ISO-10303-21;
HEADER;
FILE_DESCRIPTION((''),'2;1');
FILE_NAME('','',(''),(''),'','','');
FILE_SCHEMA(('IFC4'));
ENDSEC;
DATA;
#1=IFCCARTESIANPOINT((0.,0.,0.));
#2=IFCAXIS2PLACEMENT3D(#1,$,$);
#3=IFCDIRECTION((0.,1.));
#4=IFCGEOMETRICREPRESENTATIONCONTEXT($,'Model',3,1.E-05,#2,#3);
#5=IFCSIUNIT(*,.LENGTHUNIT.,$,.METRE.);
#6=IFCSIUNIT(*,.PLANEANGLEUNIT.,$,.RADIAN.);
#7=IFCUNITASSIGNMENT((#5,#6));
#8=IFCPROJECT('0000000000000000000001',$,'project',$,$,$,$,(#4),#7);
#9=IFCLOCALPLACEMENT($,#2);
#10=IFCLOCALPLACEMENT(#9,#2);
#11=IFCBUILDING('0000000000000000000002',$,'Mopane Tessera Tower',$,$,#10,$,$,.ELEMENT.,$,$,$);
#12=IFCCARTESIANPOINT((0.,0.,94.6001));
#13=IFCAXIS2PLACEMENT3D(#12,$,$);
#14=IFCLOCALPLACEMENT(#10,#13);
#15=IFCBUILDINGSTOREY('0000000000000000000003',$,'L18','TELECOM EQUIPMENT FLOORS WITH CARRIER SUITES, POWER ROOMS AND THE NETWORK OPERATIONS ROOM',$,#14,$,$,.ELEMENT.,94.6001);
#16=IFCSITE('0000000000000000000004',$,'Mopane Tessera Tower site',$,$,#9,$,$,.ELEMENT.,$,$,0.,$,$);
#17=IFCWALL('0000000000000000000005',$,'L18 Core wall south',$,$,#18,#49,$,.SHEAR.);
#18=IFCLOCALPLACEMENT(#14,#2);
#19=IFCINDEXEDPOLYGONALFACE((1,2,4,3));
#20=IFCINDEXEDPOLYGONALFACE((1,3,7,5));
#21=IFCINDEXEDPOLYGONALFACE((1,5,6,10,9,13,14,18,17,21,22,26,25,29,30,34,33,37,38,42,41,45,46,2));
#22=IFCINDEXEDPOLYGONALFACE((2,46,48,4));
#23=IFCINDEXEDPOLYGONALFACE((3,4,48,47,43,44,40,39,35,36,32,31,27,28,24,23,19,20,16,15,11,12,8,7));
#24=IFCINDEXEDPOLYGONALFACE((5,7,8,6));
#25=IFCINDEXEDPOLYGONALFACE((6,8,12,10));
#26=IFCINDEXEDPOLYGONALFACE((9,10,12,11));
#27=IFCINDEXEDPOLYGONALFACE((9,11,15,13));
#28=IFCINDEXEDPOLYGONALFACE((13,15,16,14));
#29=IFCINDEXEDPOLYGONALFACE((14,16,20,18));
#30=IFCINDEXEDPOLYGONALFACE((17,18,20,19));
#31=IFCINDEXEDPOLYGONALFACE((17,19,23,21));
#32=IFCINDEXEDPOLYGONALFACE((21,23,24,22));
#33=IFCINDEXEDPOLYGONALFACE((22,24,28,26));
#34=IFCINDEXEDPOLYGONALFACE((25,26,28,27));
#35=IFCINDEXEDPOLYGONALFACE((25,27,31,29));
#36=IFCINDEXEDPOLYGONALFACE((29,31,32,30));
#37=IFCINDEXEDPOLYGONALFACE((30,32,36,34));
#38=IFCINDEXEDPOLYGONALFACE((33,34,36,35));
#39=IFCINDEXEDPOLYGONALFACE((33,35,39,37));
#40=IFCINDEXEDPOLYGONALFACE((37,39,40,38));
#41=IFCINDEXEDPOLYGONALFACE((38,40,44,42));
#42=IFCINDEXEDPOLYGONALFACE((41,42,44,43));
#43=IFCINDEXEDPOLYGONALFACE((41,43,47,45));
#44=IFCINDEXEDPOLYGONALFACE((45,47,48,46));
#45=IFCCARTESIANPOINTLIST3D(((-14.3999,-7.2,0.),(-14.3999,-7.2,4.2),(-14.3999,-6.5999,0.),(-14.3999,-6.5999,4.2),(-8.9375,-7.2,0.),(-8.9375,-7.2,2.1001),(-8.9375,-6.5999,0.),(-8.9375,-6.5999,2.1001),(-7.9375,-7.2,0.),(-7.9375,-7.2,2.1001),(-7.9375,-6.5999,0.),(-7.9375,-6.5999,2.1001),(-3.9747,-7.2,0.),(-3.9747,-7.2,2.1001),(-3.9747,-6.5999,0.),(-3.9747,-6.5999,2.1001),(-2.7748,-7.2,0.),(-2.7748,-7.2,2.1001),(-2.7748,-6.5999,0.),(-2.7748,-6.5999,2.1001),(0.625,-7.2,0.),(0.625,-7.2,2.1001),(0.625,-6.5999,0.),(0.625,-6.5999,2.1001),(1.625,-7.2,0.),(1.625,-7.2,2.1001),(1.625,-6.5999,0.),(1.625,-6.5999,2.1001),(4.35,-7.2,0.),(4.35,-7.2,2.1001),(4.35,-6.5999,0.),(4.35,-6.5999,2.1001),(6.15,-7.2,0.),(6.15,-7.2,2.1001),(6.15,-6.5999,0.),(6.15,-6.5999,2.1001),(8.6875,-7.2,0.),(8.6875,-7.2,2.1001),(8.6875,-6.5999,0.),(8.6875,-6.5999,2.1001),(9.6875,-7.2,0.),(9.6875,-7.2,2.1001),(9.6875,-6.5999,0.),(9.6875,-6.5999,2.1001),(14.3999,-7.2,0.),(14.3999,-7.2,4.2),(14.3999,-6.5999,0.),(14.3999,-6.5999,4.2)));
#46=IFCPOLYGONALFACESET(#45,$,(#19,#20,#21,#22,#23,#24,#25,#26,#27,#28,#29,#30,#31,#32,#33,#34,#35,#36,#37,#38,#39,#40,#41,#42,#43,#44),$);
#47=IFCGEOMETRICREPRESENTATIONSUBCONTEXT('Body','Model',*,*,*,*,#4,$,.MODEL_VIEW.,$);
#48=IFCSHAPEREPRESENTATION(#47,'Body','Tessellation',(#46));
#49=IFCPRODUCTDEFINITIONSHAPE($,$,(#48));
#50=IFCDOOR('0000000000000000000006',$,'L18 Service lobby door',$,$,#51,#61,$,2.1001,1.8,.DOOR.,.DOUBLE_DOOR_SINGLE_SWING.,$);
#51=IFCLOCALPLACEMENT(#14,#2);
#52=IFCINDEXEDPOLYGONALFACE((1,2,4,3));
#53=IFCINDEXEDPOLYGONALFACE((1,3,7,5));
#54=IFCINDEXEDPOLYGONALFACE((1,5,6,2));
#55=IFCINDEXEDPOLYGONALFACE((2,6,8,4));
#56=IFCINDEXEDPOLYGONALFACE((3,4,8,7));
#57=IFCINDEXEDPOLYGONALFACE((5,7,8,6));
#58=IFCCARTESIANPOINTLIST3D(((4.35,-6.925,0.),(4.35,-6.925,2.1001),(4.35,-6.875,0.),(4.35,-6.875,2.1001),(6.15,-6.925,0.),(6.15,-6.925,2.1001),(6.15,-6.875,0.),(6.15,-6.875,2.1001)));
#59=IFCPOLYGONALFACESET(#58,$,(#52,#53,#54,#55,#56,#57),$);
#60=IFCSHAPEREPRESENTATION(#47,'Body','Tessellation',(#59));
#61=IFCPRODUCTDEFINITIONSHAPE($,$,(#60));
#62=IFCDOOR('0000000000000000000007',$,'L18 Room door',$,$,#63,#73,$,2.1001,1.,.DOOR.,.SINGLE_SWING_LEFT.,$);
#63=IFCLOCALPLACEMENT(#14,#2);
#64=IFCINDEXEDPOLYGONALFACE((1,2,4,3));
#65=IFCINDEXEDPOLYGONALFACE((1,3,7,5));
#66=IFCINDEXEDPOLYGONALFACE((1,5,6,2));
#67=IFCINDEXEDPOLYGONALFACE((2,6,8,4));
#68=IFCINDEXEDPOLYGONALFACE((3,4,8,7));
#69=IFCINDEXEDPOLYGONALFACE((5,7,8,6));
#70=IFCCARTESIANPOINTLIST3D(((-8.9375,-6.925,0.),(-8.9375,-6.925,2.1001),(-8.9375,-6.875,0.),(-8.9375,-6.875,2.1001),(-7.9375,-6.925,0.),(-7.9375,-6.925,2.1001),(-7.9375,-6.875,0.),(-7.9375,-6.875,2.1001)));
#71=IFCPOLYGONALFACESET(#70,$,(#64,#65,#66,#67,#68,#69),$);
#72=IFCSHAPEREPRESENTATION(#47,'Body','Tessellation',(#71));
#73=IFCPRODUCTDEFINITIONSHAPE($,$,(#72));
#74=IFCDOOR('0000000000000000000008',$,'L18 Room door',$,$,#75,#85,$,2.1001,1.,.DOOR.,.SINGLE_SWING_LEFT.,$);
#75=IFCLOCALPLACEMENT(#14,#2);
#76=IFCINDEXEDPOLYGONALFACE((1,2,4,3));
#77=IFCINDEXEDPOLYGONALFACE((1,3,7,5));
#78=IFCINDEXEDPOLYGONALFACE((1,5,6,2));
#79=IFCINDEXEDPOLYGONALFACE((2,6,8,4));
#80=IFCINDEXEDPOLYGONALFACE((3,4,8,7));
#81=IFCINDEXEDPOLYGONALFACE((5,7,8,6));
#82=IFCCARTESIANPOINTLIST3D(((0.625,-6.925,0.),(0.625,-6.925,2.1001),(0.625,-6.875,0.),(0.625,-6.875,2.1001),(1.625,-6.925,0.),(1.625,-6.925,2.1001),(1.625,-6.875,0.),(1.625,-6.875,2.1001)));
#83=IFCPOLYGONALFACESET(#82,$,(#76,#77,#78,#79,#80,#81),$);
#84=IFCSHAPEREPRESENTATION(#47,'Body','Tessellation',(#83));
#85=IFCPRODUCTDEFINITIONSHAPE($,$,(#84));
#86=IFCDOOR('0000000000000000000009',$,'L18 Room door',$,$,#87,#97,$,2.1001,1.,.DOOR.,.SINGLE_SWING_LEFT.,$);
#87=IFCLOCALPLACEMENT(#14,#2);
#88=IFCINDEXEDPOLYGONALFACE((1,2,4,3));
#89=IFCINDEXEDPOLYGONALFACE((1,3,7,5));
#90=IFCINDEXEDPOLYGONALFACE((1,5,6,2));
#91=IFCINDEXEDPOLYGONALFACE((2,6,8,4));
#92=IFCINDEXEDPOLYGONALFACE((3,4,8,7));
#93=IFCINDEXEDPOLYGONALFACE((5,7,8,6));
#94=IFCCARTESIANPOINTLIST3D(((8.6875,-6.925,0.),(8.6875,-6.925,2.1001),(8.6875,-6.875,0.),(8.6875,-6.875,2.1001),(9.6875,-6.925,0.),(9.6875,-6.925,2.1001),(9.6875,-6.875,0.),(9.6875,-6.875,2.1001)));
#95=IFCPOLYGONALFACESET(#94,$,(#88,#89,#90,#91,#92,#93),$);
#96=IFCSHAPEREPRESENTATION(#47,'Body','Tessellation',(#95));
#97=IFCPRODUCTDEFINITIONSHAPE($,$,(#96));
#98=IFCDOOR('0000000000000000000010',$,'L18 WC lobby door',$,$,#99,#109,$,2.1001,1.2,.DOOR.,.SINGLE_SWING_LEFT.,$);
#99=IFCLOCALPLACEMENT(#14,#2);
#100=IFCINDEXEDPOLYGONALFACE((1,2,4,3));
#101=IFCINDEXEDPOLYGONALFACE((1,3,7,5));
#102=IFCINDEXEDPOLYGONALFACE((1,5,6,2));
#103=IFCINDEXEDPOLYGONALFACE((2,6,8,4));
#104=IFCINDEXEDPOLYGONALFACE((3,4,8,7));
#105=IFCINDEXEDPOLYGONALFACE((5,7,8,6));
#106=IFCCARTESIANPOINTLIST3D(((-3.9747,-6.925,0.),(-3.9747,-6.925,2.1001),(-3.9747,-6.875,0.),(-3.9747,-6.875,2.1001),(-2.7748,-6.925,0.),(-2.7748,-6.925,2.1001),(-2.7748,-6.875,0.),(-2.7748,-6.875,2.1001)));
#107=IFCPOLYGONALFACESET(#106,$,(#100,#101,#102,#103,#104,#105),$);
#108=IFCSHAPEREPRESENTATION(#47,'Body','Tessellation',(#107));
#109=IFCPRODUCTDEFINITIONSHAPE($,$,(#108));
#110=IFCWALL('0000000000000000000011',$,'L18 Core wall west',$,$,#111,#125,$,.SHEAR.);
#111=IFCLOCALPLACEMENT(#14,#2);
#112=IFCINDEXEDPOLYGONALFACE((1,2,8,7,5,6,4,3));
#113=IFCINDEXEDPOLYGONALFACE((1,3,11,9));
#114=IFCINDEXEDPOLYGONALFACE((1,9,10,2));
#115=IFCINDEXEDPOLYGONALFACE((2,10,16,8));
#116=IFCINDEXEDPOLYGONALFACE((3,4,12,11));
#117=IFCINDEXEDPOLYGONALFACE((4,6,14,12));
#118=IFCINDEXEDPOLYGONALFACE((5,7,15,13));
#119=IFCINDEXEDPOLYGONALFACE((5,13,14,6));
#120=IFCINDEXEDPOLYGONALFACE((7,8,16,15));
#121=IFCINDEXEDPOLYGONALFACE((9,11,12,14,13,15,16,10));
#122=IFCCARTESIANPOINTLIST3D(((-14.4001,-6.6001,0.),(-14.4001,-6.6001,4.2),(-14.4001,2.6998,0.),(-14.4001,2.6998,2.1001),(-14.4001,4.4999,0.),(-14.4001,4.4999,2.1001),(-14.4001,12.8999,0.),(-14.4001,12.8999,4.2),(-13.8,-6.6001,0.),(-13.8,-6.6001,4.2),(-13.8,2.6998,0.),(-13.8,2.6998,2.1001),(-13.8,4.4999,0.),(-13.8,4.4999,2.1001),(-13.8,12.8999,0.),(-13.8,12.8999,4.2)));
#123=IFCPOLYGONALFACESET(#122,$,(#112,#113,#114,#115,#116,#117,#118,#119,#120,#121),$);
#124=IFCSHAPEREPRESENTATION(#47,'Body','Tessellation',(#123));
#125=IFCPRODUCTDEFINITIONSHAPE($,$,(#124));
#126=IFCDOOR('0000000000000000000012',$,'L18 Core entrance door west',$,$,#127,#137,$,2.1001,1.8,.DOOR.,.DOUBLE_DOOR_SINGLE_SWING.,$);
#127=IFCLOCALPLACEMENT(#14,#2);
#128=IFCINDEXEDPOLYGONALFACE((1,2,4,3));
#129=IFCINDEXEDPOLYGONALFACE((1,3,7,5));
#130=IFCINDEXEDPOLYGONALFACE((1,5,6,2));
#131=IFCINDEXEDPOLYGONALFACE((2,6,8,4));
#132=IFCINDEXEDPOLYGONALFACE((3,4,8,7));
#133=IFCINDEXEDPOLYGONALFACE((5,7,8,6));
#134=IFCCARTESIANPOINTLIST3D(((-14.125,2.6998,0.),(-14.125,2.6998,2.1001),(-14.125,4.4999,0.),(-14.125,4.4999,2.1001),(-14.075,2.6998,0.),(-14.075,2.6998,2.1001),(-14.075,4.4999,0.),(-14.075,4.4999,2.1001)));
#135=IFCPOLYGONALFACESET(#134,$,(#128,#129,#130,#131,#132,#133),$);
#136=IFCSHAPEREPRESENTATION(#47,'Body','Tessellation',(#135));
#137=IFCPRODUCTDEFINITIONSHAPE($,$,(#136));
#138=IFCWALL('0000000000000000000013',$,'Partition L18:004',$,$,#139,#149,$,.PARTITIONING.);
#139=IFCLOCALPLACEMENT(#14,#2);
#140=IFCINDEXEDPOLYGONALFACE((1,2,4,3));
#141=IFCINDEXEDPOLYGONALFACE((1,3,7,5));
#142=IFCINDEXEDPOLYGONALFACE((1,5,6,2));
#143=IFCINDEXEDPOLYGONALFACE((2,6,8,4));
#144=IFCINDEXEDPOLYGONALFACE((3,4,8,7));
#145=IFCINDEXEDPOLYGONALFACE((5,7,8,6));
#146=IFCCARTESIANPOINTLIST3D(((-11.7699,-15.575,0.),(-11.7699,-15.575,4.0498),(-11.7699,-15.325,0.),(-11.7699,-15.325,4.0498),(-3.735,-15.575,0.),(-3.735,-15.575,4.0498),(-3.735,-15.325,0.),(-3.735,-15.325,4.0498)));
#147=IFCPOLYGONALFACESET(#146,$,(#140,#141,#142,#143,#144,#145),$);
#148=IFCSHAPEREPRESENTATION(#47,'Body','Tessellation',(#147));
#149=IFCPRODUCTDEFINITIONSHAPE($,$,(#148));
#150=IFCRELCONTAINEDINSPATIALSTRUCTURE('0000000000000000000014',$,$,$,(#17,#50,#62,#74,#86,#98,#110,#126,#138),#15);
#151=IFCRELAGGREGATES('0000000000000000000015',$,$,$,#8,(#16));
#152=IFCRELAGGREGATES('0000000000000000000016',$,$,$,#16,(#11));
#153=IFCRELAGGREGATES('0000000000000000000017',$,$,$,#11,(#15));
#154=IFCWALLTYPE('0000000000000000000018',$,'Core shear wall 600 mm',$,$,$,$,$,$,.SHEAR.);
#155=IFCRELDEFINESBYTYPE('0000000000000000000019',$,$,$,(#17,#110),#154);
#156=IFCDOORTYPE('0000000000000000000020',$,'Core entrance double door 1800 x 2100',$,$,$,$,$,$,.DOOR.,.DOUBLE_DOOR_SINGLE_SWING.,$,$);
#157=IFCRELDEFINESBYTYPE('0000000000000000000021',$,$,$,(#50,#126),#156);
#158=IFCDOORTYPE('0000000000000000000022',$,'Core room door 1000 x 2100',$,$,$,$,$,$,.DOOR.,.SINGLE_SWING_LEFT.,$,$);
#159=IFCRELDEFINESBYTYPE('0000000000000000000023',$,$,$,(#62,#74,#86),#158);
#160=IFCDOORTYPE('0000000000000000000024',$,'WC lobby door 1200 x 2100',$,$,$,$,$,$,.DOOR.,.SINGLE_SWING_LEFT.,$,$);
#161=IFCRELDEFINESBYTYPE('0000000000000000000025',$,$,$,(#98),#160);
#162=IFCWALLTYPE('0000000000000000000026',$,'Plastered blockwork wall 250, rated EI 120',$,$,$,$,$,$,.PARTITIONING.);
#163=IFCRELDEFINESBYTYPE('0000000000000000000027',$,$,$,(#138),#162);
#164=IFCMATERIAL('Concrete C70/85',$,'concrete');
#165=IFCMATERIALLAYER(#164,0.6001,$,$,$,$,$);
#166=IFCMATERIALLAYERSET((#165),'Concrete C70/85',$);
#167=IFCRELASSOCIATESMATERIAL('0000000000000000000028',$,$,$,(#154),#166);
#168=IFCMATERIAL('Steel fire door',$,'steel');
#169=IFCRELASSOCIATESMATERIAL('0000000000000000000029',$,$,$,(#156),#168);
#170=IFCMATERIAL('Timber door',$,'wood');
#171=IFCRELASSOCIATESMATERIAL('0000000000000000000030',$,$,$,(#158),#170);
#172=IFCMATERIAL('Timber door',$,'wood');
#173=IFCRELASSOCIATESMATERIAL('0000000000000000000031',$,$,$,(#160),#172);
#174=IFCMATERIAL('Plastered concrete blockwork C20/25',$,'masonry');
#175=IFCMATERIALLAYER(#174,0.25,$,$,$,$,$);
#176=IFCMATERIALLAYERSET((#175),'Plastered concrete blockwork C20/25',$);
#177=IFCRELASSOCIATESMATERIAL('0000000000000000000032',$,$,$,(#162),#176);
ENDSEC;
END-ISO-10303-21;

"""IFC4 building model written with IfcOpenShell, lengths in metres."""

from ifc_helpers import new_model, si_unit, direction, frame, frame_2d, origin, place, context, subcontext, project, spatial, rectangle, extrude, material, layer, layer_set, type_object, element, fill, save


model = new_model("IFC4")

# Units and contexts
model_context = context("Model", 3, precision=1e-05, world=origin(), true_north=direction((0.0, 1.0)))
body_context = subcontext(model_context, "Body", "Model", "MODEL_VIEW")
ifc_project = project(units=[si_unit("LENGTHUNIT", "METRE"), si_unit("PLANEANGLEUNIT", "RADIAN")], contexts=[model_context])

# Site, building, storey
site_placement = place(None, origin())
site = spatial("IfcSite", under=ifc_project, at=site_placement, Name="Mopane Tessera Tower site", CompositionType="ELEMENT", RefElevation=0.0)
building_placement = place(site_placement, origin())
building = spatial("IfcBuilding", under=site, at=building_placement, Name="Mopane Tessera Tower", CompositionType="ELEMENT")
storey_placement = place(building_placement, frame((0.0, 0.0, 94.6001)))
storey = spatial("IfcBuildingStorey", under=building, at=storey_placement, Name="L18", Description="TELECOM EQUIPMENT FLOORS WITH CARRIER SUITES, POWER ROOMS AND THE NETWORK OPERATIONS ROOM", CompositionType="ELEMENT", Elevation=94.6001)

# Wall, openings, doors
ifc_material_1 = material(Name="Concrete C70/85", Category="concrete")
ifc_layer_1 = layer(ifc_material_1, 0.6001)
ifc_layer_set_1 = layer_set([ifc_layer_1], Name="Concrete C70/85")
wall_type_1 = type_object("IfcWallType", Name="Core shear wall 600 mm", PredefinedType="SHEAR", material=ifc_layer_set_1)
wall_1_placement = place(storey_placement, frame((-14.3999, -6.8999, 0.0), z_axis=(0.0, 0.0, 1.0), x_axis=(1.0, 0.0, 0.0)))
wall_1 = element("IfcWall", 1, at=wall_1_placement, inside=storey, type_object=wall_type_1, Name="L18 Core wall south", PredefinedType="SHEAR", context=body_context, shape_type="SweptSolid", body=[
    extrude(rectangle(XDim=28.7998, YDim=0.6001, at=frame_2d((14.3999, 0.0))), origin(), (0.0, 0.0, 1.0), 4.2),
])
opening_1_placement = place(wall_1_placement, frame((5.4624, 0.0, 0.0)))
opening_1 = element("IfcOpeningElement", 2, at=opening_1_placement, cuts=wall_1, PredefinedType="OPENING", context=body_context, shape_type="SweptSolid", body=[
    extrude(rectangle(XDim=1.0, YDim=2.1001, at=frame_2d((0.5, 1.05))), frame((0.0, 0.312, 0.0), z_axis=(0.0, -1.0, 0.0), x_axis=(1.0, 0.0, 0.0)), (0.0, 0.0, 1.0), 0.624),
])
opening_2_placement = place(wall_1_placement, frame((10.425, 0.0, 0.0)))
opening_2 = element("IfcOpeningElement", 3, at=opening_2_placement, cuts=wall_1, PredefinedType="OPENING", context=body_context, shape_type="SweptSolid", body=[
    extrude(rectangle(XDim=1.2, YDim=2.1001, at=frame_2d((0.6001, 1.05))), frame((0.0, 0.312, 0.0), z_axis=(0.0, -1.0, 0.0), x_axis=(1.0, 0.0, 0.0)), (0.0, 0.0, 1.0), 0.624),
])
opening_3_placement = place(wall_1_placement, frame((15.0249, 0.0, 0.0)))
opening_3 = element("IfcOpeningElement", 4, at=opening_3_placement, cuts=wall_1, PredefinedType="OPENING", context=body_context, shape_type="SweptSolid", body=[
    extrude(rectangle(XDim=1.0, YDim=2.1001, at=frame_2d((0.5, 1.05))), frame((0.0, 0.312, 0.0), z_axis=(0.0, -1.0, 0.0), x_axis=(1.0, 0.0, 0.0)), (0.0, 0.0, 1.0), 0.624),
])
opening_4_placement = place(wall_1_placement, frame((18.75, 0.0, 0.0)))
opening_4 = element("IfcOpeningElement", 5, at=opening_4_placement, cuts=wall_1, PredefinedType="OPENING", context=body_context, shape_type="SweptSolid", body=[
    extrude(rectangle(XDim=1.8, YDim=2.1001, at=frame_2d((0.8999, 1.05))), frame((0.0, 0.312, 0.0), z_axis=(0.0, -1.0, 0.0), x_axis=(1.0, 0.0, 0.0)), (0.0, 0.0, 1.0), 0.624),
])
opening_5_placement = place(wall_1_placement, frame((23.0874, 0.0, 0.0)))
opening_5 = element("IfcOpeningElement", 6, at=opening_5_placement, cuts=wall_1, PredefinedType="OPENING", context=body_context, shape_type="SweptSolid", body=[
    extrude(rectangle(XDim=1.0, YDim=2.1001, at=frame_2d((0.5, 1.05))), frame((0.0, 0.312, 0.0), z_axis=(0.0, -1.0, 0.0), x_axis=(1.0, 0.0, 0.0)), (0.0, 0.0, 1.0), 0.624),
])
ifc_material_2 = material(Name="Steel fire door", Category="steel")
door_type_1 = type_object("IfcDoorType", Name="Core entrance double door 1800 x 2100", OperationType="DOUBLE_DOOR_SINGLE_SWING", PredefinedType="DOOR", material=ifc_material_2)
door_1_placement = place(opening_4_placement, origin())
door_1 = element("IfcDoor", 7, at=door_1_placement, inside=storey, type_object=door_type_1, Name="L18 Service lobby door", OperationType="DOUBLE_DOOR_SINGLE_SWING", OverallHeight=2.1001, OverallWidth=1.8, PredefinedType="DOOR", context=body_context, shape_type="SweptSolid", body=[
    extrude(rectangle(XDim=1.8, YDim=2.1001, at=frame_2d((0.8999, 1.05))), frame((0.0, 0.0249, 0.0), z_axis=(0.0, -1.0, 0.0), x_axis=(1.0, 0.0, 0.0)), (0.0, 0.0, 1.0), 0.05),
])
fill(opening_4, door_1)
ifc_material_3 = material(Name="Timber door", Category="wood")
door_type_2 = type_object("IfcDoorType", Name="Core room door 1000 x 2100", OperationType="SINGLE_SWING_LEFT", PredefinedType="DOOR", material=ifc_material_3)
door_2_placement = place(opening_1_placement, origin())
door_2 = element("IfcDoor", 8, at=door_2_placement, inside=storey, type_object=door_type_2, Name="L18 Room door", OperationType="SINGLE_SWING_LEFT", OverallHeight=2.1001, OverallWidth=1.0, PredefinedType="DOOR", context=body_context, shape_type="SweptSolid", body=[
    extrude(rectangle(XDim=1.0, YDim=2.1001, at=frame_2d((0.5, 1.05))), frame((0.0, 0.0249, 0.0), z_axis=(0.0, -1.0, 0.0), x_axis=(1.0, 0.0, 0.0)), (0.0, 0.0, 1.0), 0.05),
])
fill(opening_1, door_2)
door_3_placement = place(opening_3_placement, origin())
door_3 = element("IfcDoor", 9, at=door_3_placement, inside=storey, type_object=door_type_2, Name="L18 Room door", OperationType="SINGLE_SWING_LEFT", OverallHeight=2.1001, OverallWidth=1.0, PredefinedType="DOOR", context=body_context, shape_type="SweptSolid", body=[
    extrude(rectangle(XDim=1.0, YDim=2.1001, at=frame_2d((0.5, 1.05))), frame((0.0, 0.0249, 0.0), z_axis=(0.0, -1.0, 0.0), x_axis=(1.0, 0.0, 0.0)), (0.0, 0.0, 1.0), 0.05),
])
fill(opening_3, door_3)
door_4_placement = place(opening_5_placement, origin())
door_4 = element("IfcDoor", 10, at=door_4_placement, inside=storey, type_object=door_type_2, Name="L18 Room door", OperationType="SINGLE_SWING_LEFT", OverallHeight=2.1001, OverallWidth=1.0, PredefinedType="DOOR", context=body_context, shape_type="SweptSolid", body=[
    extrude(rectangle(XDim=1.0, YDim=2.1001, at=frame_2d((0.5, 1.05))), frame((0.0, 0.0249, 0.0), z_axis=(0.0, -1.0, 0.0), x_axis=(1.0, 0.0, 0.0)), (0.0, 0.0, 1.0), 0.05),
])
fill(opening_5, door_4)
ifc_material_4 = material(Name="Timber door", Category="wood")
door_type_3 = type_object("IfcDoorType", Name="WC lobby door 1200 x 2100", OperationType="SINGLE_SWING_LEFT", PredefinedType="DOOR", material=ifc_material_4)
door_5_placement = place(opening_2_placement, origin())
door_5 = element("IfcDoor", 11, at=door_5_placement, inside=storey, type_object=door_type_3, Name="L18 WC lobby door", OperationType="SINGLE_SWING_LEFT", OverallHeight=2.1001, OverallWidth=1.2, PredefinedType="DOOR", context=body_context, shape_type="SweptSolid", body=[
    extrude(rectangle(XDim=1.2, YDim=2.1001, at=frame_2d((0.6001, 1.05))), frame((0.0, 0.0249, 0.0), z_axis=(0.0, -1.0, 0.0), x_axis=(1.0, 0.0, 0.0)), (0.0, 0.0, 1.0), 0.05),
])
fill(opening_2, door_5)

# Wall, opening, door
wall_2_placement = place(storey_placement, frame((-14.1001, -6.6001, 0.0), z_axis=(0.0, 0.0, 1.0), x_axis=(0.0, 1.0, 0.0)))
wall_2 = element("IfcWall", 12, at=wall_2_placement, inside=storey, type_object=wall_type_1, Name="L18 Core wall west", PredefinedType="SHEAR", context=body_context, shape_type="SweptSolid", body=[
    extrude(rectangle(XDim=19.5, YDim=0.6001, at=frame_2d((9.75, 0.0))), origin(), (0.0, 0.0, 1.0), 4.2),
])
opening_6_placement = place(wall_2_placement, frame((9.3, 0.0, 0.0)))
opening_6 = element("IfcOpeningElement", 13, at=opening_6_placement, cuts=wall_2, PredefinedType="OPENING", context=body_context, shape_type="SweptSolid", body=[
    extrude(rectangle(XDim=1.8, YDim=2.1001, at=frame_2d((0.8999, 1.05))), frame((0.0, 0.312, 0.0), z_axis=(0.0, -1.0, 0.0), x_axis=(1.0, 0.0, 0.0)), (0.0, 0.0, 1.0), 0.624),
])
door_6_placement = place(opening_6_placement, origin())
door_6 = element("IfcDoor", 14, at=door_6_placement, inside=storey, type_object=door_type_1, Name="L18 Core entrance door west", OperationType="DOUBLE_DOOR_SINGLE_SWING", OverallHeight=2.1001, OverallWidth=1.8, PredefinedType="DOOR", context=body_context, shape_type="SweptSolid", body=[
    extrude(rectangle(XDim=1.8, YDim=2.1001, at=frame_2d((0.8999, 1.05))), frame((0.0, 0.0249, 0.0), z_axis=(0.0, -1.0, 0.0), x_axis=(1.0, 0.0, 0.0)), (0.0, 0.0, 1.0), 0.05),
])
fill(opening_6, door_6)

# Wall
ifc_material_5 = material(Name="Plastered concrete blockwork C20/25", Category="masonry")
ifc_layer_2 = layer(ifc_material_5, 0.25)
ifc_layer_set_2 = layer_set([ifc_layer_2], Name="Plastered concrete blockwork C20/25")
wall_type_2 = type_object("IfcWallType", Name="Plastered blockwork wall 250, rated EI 120", PredefinedType="PARTITIONING", material=ifc_layer_set_2)
wall_3_placement = place(storey_placement, frame((-11.77, -15.45, 0.0), z_axis=(0.0, 0.0, 1.0), x_axis=(1.0, 0.0, 0.0)))
element("IfcWall", 15, at=wall_3_placement, inside=storey, type_object=wall_type_2, Name="Partition L18:004", PredefinedType="PARTITIONING", context=body_context, shape_type="SweptSolid", body=[
    extrude(rectangle(XDim=8.0349, YDim=0.25, at=frame_2d((4.0176, 0.0))), origin(), (0.0, 0.0, 1.0), 4.0498),
])

save(model, "model.ifc")
